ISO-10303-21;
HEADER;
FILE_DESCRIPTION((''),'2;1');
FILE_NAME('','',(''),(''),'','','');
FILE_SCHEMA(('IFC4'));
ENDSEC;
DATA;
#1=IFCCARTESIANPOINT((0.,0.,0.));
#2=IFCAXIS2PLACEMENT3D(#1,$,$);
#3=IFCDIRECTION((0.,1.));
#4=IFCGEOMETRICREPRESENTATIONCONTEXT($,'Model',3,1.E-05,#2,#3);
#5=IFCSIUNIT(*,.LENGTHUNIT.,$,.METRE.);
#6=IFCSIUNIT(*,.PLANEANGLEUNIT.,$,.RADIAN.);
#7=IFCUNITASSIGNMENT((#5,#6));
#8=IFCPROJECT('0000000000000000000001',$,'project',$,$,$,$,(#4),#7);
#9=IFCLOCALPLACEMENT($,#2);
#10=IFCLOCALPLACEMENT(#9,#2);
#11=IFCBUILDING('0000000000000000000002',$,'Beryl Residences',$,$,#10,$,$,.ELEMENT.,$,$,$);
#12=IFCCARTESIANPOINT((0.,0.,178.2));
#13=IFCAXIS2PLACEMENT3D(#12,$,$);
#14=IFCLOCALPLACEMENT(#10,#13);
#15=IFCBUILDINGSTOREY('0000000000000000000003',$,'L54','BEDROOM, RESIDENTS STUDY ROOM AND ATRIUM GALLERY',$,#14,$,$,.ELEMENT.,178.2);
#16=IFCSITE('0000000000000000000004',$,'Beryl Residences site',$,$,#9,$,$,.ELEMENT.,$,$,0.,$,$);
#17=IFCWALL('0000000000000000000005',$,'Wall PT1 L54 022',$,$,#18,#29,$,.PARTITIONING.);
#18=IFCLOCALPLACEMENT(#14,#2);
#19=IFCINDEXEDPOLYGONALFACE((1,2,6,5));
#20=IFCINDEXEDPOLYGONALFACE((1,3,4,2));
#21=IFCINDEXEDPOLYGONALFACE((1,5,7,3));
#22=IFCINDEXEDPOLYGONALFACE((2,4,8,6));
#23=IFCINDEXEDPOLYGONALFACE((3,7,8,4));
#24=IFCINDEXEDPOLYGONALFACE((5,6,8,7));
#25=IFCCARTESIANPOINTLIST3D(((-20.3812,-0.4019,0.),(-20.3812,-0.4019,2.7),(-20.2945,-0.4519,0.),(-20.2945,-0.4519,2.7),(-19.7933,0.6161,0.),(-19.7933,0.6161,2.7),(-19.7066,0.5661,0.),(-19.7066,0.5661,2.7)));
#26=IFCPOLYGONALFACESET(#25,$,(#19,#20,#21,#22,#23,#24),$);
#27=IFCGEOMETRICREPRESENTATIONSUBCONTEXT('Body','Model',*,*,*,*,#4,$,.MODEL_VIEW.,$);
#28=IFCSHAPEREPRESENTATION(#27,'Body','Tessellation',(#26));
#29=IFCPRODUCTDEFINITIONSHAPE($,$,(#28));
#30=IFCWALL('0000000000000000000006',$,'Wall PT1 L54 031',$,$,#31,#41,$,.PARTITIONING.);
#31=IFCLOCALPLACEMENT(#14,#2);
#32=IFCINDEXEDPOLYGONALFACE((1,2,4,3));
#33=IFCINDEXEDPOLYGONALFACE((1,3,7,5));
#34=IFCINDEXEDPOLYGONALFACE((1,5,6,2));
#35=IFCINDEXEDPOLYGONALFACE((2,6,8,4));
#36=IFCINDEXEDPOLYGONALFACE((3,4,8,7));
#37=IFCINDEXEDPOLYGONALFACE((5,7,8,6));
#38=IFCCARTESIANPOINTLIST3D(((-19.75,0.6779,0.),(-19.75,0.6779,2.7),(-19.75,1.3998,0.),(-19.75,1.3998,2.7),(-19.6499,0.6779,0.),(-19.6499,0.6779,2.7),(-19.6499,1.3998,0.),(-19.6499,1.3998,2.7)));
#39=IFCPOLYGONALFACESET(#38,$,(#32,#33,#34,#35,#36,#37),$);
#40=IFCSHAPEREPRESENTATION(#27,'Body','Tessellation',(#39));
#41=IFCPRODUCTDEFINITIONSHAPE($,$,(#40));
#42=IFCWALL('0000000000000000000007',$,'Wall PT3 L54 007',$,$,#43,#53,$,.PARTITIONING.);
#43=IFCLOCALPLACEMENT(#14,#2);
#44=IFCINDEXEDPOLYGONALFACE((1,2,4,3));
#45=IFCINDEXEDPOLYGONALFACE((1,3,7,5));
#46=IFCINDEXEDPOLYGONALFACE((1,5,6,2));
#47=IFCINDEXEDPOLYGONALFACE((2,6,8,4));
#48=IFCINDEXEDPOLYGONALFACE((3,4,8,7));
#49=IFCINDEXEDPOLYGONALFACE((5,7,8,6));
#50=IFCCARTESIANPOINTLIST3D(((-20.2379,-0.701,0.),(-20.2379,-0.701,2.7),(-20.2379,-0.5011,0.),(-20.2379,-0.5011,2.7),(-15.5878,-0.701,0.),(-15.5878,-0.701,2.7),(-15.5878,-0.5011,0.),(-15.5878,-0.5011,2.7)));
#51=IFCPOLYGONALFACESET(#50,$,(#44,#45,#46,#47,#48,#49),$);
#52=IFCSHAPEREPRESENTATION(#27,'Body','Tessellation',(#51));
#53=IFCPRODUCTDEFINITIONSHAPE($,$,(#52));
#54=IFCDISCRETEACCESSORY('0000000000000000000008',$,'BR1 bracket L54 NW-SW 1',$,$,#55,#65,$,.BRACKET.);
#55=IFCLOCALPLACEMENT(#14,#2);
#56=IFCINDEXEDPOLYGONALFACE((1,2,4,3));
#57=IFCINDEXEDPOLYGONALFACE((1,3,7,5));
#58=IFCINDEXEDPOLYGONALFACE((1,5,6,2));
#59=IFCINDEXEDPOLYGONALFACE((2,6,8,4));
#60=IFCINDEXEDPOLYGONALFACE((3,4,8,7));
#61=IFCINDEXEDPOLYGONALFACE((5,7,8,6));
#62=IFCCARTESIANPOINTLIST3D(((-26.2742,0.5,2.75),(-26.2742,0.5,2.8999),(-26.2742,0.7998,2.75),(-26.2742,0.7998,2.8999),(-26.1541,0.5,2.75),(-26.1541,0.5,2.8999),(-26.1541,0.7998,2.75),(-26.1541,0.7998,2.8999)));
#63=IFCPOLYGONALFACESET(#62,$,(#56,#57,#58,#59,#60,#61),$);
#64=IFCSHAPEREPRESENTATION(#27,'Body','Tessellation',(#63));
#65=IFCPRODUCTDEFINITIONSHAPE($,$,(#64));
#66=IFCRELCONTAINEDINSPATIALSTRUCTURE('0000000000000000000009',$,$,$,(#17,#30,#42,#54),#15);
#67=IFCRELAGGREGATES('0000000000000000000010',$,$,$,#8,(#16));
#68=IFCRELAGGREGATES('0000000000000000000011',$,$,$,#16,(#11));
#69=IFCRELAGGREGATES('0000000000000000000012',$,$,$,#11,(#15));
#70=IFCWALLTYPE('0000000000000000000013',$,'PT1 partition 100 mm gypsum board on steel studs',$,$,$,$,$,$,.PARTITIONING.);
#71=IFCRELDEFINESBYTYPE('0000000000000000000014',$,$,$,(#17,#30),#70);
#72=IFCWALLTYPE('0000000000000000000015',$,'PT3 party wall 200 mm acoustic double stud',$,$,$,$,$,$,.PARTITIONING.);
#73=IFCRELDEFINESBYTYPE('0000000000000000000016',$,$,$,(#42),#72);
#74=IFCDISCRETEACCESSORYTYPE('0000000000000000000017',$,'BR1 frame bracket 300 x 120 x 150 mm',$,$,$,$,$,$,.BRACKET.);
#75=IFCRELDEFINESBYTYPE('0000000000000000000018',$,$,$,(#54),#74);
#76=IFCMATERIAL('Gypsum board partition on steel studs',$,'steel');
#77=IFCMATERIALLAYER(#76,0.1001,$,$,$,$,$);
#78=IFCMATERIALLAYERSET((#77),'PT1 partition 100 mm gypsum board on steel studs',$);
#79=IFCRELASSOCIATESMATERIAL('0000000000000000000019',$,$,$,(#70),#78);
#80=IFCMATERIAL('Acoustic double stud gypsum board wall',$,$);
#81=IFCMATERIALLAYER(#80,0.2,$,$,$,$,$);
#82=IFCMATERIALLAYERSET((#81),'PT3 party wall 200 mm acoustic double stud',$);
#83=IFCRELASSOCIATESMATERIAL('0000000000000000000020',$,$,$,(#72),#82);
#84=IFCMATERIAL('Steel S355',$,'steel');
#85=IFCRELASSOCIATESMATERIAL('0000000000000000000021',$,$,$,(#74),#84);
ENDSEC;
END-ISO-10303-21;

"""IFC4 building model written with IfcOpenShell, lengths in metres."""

from ifc_helpers import new_model, si_unit, direction, frame, frame_2d, origin, place, context, subcontext, project, spatial, polyline, rectangle, outline, extrude, source, transform, mapped, material, layer, layer_set, type_object, type_shapes, element, save


model = new_model("IFC4")

# Units and contexts
model_context = context("Model", 3, precision=1e-05, world=origin(), true_north=direction((0.0, 1.0)))
body_context = subcontext(model_context, "Body", "Model", "MODEL_VIEW")
ifc_project = project(units=[si_unit("LENGTHUNIT", "METRE"), si_unit("PLANEANGLEUNIT", "RADIAN")], contexts=[model_context])

# Site, building, storey
site_placement = place(None, origin())
site = spatial("IfcSite", under=ifc_project, at=site_placement, Name="Beryl Residences site", CompositionType="ELEMENT", RefElevation=0.0)
building_placement = place(site_placement, origin())
building = spatial("IfcBuilding", under=site, at=building_placement, Name="Beryl Residences", CompositionType="ELEMENT")
storey_placement = place(building_placement, frame((0.0, 0.0, 178.2)))
storey = spatial("IfcBuildingStorey", under=building, at=storey_placement, Name="L54", Description="BEDROOM, RESIDENTS STUDY ROOM AND ATRIUM GALLERY", CompositionType="ELEMENT", Elevation=178.2)

# Walls
ifc_material_1 = material(Name="Gypsum board partition on steel studs", Category="steel")
ifc_layer_1 = layer(ifc_material_1, 0.1001)
ifc_layer_set_1 = layer_set([ifc_layer_1], Name="PT1 partition 100 mm gypsum board on steel studs")
wall_type_1 = type_object("IfcWallType", Name="PT1 partition 100 mm gypsum board on steel studs", PredefinedType="PARTITIONING", material=ifc_layer_set_1)
wall_1_placement = place(storey_placement, frame((-20.3379, -0.427, 0.0), z_axis=(0.0, 0.0, 1.0), x_axis=(0.50007, 0.865985, 0.0)))
element("IfcWall", 1, at=wall_1_placement, inside=storey, type_object=wall_type_1, Name="Wall PT1 L54 022", PredefinedType="PARTITIONING", context=body_context, shape_type="SweptSolid", body=[
    extrude(rectangle(XDim=1.1755, YDim=0.1001, at=frame_2d((0.5879, 0.0))), origin(), (0.0, 0.0, 1.0), 2.7),
])
wall_2_placement = place(storey_placement, frame((-19.7, 0.678, 0.0), z_axis=(0.0, 0.0, 1.0), x_axis=(0.0, 1.0, 0.0)))
element("IfcWall", 2, at=wall_2_placement, inside=storey, type_object=wall_type_1, Name="Wall PT1 L54 031", PredefinedType="PARTITIONING", context=body_context, shape_type="SweptSolid", body=[
    extrude(rectangle(XDim=0.7219, YDim=0.1001, at=frame_2d((0.3608, 0.0))), origin(), (0.0, 0.0, 1.0), 2.7),
])
ifc_material_2 = material(Name="Acoustic double stud gypsum board wall")
ifc_layer_2 = layer(ifc_material_2, 0.2)
ifc_layer_set_2 = layer_set([ifc_layer_2], Name="PT3 party wall 200 mm acoustic double stud")
wall_type_2 = type_object("IfcWallType", Name="PT3 party wall 200 mm acoustic double stud", PredefinedType="PARTITIONING", material=ifc_layer_set_2)
wall_3_placement = place(storey_placement, frame((-20.238, -0.6011, 0.0), z_axis=(0.0, 0.0, 1.0), x_axis=(1.0, 0.0, 0.0)))
element("IfcWall", 3, at=wall_3_placement, inside=storey, type_object=wall_type_2, Name="Wall PT3 L54 007", PredefinedType="PARTITIONING", context=body_context, shape_type="SweptSolid", body=[
    extrude(rectangle(XDim=4.6501, YDim=0.2, at=frame_2d((2.3252, 0.0))), origin(), (0.0, 0.0, 1.0), 2.7),
])

# Discrete accessory
ifc_material_3 = material(Name="Steel S355", Category="steel")
discrete_accessory_type = type_object("IfcDiscreteAccessoryType", Name="BR1 frame bracket 300 x 120 x 150 mm", PredefinedType="BRACKET", material=ifc_material_3)
shared_shape_1 = source(origin(), body_context, "Body", "SweptSolid", [
    extrude(outline(polyline([(-0.1499, 0.0), (0.1499, 0.0), (0.1499, 0.1201), (-0.1499, 0.1201), (-0.1499, 0.0)])), origin(), (0.0, 0.0, 1.0), 0.1499),
])
type_shapes(discrete_accessory_type, [shared_shape_1])
discrete_accessory_placement = place(storey_placement, frame((-26.1541, 0.6499, 2.75), z_axis=(0.0, 0.0, 1.0), x_axis=(0.0, 1.0, 0.0)))
element("IfcDiscreteAccessory", 4, at=discrete_accessory_placement, inside=storey, type_object=discrete_accessory_type, Name="BR1 bracket L54 NW-SW 1", PredefinedType="BRACKET", context=body_context, shape_type="MappedRepresentation", body=[
    mapped(shared_shape_1, transform((0.0, 0.0, 0.0))),
])

save(model, "model.ifc")
